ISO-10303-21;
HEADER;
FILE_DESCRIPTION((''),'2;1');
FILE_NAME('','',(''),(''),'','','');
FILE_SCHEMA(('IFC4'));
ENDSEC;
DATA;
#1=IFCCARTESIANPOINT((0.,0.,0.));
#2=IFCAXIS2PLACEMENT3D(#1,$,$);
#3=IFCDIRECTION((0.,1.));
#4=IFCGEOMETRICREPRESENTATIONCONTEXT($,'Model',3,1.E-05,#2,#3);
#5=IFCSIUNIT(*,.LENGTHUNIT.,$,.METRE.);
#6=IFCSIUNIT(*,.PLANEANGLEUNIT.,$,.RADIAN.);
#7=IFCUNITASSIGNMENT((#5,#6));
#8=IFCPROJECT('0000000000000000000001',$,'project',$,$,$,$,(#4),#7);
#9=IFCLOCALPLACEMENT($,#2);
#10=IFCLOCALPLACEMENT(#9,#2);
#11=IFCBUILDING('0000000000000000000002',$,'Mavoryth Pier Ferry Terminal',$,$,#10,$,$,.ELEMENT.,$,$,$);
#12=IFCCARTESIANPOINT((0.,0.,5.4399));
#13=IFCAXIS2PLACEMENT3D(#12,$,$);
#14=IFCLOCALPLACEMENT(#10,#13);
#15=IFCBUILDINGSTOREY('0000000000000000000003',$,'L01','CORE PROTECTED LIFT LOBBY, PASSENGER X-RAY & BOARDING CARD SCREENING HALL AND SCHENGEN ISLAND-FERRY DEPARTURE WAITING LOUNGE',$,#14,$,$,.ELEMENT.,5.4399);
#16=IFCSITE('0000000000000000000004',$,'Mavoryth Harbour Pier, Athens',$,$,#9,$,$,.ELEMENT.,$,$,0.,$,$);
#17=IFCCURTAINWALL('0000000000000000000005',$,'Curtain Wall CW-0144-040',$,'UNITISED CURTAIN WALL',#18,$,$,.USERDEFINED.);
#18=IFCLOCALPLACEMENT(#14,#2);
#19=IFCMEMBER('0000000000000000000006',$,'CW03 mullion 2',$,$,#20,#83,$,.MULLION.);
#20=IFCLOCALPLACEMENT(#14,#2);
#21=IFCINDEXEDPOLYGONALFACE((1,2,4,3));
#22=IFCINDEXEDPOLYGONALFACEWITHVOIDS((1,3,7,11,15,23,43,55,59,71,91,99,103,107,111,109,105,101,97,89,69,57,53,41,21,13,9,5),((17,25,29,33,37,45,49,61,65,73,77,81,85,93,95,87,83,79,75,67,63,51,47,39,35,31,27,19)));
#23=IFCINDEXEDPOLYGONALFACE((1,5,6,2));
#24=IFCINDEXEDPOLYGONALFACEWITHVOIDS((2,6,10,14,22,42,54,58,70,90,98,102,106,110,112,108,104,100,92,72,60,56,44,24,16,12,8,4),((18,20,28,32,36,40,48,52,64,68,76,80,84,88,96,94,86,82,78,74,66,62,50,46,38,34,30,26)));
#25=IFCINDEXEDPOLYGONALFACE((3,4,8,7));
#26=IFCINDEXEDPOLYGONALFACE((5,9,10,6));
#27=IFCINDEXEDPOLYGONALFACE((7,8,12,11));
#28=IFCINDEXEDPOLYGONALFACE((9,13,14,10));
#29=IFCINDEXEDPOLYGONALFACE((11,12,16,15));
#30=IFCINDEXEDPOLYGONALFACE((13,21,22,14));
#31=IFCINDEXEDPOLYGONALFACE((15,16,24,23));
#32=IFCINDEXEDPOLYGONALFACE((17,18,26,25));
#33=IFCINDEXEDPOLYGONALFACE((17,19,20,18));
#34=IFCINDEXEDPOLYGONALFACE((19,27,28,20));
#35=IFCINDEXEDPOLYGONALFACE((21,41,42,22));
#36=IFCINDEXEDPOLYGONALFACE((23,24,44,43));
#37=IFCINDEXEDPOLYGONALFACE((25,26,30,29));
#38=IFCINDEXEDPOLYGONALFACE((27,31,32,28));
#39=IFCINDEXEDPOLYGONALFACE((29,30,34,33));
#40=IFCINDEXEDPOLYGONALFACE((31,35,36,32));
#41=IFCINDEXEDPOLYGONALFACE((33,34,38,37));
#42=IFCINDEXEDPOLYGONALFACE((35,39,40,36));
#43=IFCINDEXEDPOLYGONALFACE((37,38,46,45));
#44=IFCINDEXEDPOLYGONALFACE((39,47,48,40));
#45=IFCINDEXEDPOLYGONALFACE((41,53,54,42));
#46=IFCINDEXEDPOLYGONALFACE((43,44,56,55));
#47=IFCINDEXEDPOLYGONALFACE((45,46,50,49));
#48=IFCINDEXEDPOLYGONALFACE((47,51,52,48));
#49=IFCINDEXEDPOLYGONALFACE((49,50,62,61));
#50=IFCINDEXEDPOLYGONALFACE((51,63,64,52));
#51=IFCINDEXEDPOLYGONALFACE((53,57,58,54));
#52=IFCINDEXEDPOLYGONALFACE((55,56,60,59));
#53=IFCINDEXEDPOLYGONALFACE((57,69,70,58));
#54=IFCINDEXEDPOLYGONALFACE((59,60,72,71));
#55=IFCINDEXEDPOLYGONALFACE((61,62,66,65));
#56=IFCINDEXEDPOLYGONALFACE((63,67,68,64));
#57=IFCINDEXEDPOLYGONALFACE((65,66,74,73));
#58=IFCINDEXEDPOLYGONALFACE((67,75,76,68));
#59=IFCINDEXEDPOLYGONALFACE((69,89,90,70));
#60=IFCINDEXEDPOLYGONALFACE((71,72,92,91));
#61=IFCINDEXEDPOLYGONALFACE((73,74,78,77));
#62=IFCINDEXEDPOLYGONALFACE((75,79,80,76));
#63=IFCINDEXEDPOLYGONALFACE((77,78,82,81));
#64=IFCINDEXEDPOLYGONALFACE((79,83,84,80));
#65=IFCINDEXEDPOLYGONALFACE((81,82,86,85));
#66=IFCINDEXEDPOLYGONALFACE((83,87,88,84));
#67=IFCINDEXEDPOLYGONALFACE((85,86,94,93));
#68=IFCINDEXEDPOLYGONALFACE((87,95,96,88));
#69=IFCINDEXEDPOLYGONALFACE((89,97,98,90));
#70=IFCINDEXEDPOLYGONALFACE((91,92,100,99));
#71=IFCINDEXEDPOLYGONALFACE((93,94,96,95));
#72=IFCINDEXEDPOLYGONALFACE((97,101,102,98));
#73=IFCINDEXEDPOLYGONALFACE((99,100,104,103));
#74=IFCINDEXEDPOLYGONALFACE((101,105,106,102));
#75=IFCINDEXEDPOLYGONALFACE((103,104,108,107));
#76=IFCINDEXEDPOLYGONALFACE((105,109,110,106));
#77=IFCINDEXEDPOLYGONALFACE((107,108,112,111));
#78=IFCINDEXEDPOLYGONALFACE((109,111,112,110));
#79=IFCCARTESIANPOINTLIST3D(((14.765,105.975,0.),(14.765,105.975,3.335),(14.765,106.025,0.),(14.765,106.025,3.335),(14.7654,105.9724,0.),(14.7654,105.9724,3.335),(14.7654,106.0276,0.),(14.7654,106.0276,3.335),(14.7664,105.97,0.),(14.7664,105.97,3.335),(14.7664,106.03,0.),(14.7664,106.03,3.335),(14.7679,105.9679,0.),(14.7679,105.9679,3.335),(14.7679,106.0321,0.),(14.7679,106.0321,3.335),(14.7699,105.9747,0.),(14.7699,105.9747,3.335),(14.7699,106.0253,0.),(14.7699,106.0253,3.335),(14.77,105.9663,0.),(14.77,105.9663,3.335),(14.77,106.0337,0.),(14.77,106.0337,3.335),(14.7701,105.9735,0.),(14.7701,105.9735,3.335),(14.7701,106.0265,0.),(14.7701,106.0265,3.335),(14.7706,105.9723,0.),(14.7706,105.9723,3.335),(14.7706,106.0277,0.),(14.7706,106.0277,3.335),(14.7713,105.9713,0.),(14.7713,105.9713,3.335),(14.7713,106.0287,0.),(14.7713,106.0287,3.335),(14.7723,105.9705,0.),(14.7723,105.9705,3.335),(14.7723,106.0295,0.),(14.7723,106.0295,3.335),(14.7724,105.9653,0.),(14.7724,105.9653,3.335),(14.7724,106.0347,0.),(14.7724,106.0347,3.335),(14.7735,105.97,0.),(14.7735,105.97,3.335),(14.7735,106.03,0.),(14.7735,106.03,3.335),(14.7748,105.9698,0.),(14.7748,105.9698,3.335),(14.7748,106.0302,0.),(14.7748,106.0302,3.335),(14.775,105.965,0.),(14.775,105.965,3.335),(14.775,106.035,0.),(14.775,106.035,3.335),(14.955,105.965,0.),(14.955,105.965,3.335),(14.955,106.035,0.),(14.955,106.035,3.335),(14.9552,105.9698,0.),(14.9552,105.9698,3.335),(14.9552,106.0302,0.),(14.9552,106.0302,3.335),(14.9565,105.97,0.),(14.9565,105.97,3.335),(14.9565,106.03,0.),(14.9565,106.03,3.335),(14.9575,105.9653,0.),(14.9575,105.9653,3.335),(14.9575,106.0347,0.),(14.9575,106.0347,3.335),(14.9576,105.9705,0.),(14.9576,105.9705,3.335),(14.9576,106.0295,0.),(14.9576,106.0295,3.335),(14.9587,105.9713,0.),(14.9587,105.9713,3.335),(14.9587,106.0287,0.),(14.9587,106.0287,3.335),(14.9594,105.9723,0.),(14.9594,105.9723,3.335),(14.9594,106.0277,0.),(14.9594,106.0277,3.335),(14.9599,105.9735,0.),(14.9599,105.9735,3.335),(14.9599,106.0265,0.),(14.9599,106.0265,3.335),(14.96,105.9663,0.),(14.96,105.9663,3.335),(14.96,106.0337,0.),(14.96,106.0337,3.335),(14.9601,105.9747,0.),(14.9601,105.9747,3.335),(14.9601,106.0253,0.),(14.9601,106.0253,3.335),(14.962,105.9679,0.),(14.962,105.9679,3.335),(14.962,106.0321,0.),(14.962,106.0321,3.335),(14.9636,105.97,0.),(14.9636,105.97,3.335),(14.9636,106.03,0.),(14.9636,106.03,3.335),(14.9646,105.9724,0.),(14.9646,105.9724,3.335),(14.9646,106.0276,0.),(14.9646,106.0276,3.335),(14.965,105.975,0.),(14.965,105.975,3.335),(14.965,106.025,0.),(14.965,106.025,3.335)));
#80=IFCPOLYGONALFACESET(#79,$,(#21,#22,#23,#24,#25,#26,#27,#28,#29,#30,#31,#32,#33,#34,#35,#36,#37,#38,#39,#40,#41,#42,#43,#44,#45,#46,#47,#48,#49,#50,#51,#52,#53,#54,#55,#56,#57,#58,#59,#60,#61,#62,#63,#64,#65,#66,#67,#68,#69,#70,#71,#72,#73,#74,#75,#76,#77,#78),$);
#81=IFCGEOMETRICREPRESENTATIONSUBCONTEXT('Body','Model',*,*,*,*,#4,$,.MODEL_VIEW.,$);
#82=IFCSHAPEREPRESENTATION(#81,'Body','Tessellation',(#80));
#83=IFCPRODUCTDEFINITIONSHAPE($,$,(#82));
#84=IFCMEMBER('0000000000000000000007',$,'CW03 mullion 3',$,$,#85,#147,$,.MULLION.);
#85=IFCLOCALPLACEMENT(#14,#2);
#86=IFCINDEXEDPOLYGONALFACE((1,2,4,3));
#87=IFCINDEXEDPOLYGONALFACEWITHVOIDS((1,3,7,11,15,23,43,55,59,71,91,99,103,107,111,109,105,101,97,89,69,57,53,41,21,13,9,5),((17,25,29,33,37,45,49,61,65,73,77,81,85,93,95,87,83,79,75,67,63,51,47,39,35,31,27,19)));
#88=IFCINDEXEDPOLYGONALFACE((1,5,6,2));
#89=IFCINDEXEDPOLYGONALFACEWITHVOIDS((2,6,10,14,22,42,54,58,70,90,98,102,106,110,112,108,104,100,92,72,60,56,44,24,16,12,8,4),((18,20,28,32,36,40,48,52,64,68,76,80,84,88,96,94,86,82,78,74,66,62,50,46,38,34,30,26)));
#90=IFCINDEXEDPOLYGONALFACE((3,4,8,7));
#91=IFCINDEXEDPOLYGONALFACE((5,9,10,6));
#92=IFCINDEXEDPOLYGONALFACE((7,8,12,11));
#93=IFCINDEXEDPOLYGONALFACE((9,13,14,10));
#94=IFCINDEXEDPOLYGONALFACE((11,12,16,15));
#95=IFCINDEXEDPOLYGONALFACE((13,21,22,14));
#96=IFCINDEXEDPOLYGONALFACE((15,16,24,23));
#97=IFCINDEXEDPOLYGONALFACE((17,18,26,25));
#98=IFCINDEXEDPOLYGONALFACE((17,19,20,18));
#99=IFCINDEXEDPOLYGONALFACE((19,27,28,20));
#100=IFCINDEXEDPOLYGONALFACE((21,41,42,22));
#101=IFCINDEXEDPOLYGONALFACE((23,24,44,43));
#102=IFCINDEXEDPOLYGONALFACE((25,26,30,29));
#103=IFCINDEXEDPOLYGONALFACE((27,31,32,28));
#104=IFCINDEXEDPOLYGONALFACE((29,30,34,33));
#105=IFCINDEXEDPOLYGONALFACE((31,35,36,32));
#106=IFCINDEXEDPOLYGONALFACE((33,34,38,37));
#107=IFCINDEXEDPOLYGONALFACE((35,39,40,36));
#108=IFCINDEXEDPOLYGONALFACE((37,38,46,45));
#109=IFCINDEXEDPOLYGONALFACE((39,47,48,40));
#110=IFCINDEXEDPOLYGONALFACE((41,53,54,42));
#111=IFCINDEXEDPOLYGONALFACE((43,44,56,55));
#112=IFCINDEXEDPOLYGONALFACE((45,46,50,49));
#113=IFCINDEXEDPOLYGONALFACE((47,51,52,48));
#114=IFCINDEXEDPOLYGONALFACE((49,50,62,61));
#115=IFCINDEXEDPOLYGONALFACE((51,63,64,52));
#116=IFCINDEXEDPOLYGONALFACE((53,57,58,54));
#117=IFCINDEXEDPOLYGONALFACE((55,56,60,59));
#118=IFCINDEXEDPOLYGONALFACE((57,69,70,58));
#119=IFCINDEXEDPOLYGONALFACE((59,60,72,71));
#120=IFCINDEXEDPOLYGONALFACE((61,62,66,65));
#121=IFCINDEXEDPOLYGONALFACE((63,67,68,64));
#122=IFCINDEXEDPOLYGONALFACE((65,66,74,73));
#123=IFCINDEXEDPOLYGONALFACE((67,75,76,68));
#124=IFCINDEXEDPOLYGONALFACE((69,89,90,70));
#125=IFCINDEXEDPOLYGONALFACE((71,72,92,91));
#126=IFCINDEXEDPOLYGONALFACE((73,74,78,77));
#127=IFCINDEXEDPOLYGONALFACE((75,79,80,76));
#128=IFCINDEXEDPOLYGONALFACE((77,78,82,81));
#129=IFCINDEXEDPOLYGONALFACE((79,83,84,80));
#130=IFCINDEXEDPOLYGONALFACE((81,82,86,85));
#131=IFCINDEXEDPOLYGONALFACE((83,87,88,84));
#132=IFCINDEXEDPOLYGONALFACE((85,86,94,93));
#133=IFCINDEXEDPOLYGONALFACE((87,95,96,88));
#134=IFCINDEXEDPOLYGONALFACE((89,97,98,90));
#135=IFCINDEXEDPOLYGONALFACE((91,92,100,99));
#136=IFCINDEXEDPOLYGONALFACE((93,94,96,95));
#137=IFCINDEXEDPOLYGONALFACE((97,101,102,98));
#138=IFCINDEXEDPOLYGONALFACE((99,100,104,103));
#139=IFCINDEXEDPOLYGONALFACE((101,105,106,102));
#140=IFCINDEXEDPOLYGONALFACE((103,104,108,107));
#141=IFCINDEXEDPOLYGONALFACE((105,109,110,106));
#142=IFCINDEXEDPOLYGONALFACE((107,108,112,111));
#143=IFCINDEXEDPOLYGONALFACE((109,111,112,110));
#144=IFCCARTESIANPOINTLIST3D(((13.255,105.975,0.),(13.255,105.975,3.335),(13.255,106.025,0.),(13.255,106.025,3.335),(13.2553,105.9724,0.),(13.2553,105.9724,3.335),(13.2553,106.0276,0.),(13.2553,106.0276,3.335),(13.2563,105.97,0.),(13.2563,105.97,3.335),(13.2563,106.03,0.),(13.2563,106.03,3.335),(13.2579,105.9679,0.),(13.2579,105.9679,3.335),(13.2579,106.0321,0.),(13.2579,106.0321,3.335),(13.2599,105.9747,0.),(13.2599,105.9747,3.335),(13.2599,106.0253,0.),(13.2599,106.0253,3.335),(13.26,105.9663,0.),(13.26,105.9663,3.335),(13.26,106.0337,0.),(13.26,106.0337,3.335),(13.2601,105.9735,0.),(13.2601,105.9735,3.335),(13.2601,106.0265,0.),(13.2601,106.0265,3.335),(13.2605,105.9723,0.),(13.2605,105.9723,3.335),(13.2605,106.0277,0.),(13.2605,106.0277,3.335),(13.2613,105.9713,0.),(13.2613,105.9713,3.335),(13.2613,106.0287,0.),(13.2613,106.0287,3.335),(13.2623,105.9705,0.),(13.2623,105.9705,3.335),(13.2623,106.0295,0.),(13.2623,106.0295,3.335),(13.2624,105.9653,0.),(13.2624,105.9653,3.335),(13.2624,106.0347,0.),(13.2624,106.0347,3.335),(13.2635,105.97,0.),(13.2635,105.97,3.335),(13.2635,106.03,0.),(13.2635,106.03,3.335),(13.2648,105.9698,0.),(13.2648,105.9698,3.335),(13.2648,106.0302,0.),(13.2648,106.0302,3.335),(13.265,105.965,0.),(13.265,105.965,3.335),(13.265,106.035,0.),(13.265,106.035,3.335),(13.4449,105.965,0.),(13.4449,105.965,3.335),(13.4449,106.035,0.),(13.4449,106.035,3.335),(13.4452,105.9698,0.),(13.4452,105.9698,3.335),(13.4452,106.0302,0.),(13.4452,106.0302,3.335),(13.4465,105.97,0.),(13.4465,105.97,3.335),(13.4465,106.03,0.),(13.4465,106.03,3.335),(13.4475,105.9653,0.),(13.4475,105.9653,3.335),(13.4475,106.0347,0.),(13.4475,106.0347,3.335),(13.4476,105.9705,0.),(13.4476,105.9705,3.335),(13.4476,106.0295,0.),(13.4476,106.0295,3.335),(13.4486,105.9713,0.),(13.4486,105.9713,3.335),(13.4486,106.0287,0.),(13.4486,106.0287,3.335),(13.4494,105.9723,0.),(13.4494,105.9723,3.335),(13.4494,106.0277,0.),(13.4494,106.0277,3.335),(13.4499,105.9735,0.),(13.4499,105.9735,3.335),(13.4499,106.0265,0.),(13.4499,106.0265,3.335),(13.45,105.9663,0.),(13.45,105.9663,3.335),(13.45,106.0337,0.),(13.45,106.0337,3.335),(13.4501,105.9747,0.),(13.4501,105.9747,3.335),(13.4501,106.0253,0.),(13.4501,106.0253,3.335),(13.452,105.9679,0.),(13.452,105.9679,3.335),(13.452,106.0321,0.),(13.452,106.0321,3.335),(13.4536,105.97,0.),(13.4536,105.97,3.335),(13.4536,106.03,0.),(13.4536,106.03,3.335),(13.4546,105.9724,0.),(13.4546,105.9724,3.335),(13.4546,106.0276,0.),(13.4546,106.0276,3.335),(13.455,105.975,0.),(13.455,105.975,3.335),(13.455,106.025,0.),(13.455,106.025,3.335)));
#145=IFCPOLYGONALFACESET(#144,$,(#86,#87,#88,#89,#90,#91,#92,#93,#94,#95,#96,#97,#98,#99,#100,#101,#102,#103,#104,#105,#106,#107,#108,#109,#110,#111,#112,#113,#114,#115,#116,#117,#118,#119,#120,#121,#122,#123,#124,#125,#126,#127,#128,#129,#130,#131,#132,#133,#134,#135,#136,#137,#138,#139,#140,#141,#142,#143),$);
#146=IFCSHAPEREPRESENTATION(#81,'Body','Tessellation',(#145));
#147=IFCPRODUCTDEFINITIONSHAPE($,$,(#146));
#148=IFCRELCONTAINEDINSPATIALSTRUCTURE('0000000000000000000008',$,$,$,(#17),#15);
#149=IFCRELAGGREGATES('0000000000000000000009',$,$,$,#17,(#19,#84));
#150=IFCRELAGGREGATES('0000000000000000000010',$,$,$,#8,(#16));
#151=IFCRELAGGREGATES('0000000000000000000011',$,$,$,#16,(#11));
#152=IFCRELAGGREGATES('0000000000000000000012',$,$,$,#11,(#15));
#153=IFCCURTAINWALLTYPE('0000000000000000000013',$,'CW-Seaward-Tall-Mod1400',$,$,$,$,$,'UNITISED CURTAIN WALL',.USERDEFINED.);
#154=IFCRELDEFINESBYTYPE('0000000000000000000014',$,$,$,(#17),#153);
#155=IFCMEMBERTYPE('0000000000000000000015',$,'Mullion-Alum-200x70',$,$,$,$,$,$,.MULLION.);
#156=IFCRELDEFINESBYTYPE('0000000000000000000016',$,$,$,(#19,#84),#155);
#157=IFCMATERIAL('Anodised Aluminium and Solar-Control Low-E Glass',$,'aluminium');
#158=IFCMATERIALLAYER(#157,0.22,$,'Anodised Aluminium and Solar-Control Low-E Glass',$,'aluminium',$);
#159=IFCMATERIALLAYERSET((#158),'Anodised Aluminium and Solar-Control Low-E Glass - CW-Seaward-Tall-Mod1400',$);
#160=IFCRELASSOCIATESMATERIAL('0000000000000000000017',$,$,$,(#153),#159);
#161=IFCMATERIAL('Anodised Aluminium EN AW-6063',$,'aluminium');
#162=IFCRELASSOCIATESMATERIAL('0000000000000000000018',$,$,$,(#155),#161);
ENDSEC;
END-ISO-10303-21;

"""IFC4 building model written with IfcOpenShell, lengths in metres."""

from ifc_helpers import new_model, si_unit, direction, frame, origin, origin_2d, place, context, subcontext, project, spatial, hollow_rectangle, extrude, material, layer, layer_set, material_profile, profile_set, type_object, element, aggregate, save


model = new_model("IFC4")

# Units and contexts
model_context = context("Model", 3, precision=1e-05, world=origin(), true_north=direction((0.0, 1.0)))
body_context = subcontext(model_context, "Body", "Model", "MODEL_VIEW")
ifc_project = project(units=[si_unit("LENGTHUNIT", "METRE"), si_unit("PLANEANGLEUNIT", "RADIAN")], contexts=[model_context])

# Site, building, storey
site_placement = place(None, origin())
site = spatial("IfcSite", under=ifc_project, at=site_placement, Name="Mavoryth Harbour Pier, Athens", CompositionType="ELEMENT", RefElevation=0.0)
building_placement = place(site_placement, origin())
building = spatial("IfcBuilding", under=site, at=building_placement, Name="Mavoryth Pier Ferry Terminal", CompositionType="ELEMENT")
storey_placement = place(building_placement, frame((0.0, 0.0, 5.4399)))
storey = spatial("IfcBuildingStorey", under=building, at=storey_placement, Name="L01", Description="CORE PROTECTED LIFT LOBBY, PASSENGER X-RAY & BOARDING CARD SCREENING HALL AND SCHENGEN ISLAND-FERRY DEPARTURE WAITING LOUNGE", CompositionType="ELEMENT", Elevation=5.4399)

# Curtain wall, members
ifc_material_1 = material(Name="Anodised Aluminium and Solar-Control Low-E Glass", Category="aluminium")
ifc_layer_1 = layer(ifc_material_1, 0.22, Name="Anodised Aluminium and Solar-Control Low-E Glass", Category="aluminium")
ifc_layer_set_1 = layer_set([ifc_layer_1], Name="Anodised Aluminium and Solar-Control Low-E Glass - CW-Seaward-Tall-Mod1400")
curtain_wall_type = type_object("IfcCurtainWallType", Name="CW-Seaward-Tall-Mod1400", ElementType="UNITISED CURTAIN WALL", PredefinedType="USERDEFINED", material=ifc_layer_set_1)
curtain_wall_placement = place(storey_placement, origin())
curtain_wall = element("IfcCurtainWall", 1, at=curtain_wall_placement, inside=storey, type_object=curtain_wall_type, Name="Curtain Wall CW-0144-040", ObjectType="UNITISED CURTAIN WALL", PredefinedType="USERDEFINED")
ifc_material_2 = material(Name="Anodised Aluminium EN AW-6063", Category="aluminium")
ifc_material_profile_1 = material_profile(ifc_material_2, hollow_rectangle(XDim=0.0701, YDim=0.2, WallThickness=0.0049, InnerFilletRadius=0.0049, OuterFilletRadius=0.01, at=origin_2d()), Name="AL-MULL 200x70x5", Category="aluminium")
ifc_profile_set_1 = profile_set([ifc_material_profile_1], Name="Anodised Aluminium EN AW-6063 - AL-MULL 200x70x5")
member_type_1 = type_object("IfcMemberType", Name="Mullion-Alum-200x70", PredefinedType="MULLION", material=ifc_profile_set_1)
member_1_placement = place(storey_placement, frame((14.865, 106.0, 0.0), z_axis=(0.0, 0.0, 1.0), x_axis=(0.0, -1.0, 0.0)))
member_1 = element("IfcMember", 2, at=member_1_placement, type_object=member_type_1, Name="CW03 mullion 2", PredefinedType="MULLION", context=body_context, shape_type="SweptSolid", body=[
    extrude(hollow_rectangle(XDim=0.0701, YDim=0.2, WallThickness=0.0049, InnerFilletRadius=0.0049, OuterFilletRadius=0.01, at=origin_2d()), origin(), (0.0, 0.0, 1.0), 3.335),
])
member_2_placement = place(storey_placement, frame((13.355, 106.0, 0.0), z_axis=(0.0, 0.0, 1.0), x_axis=(0.0, -1.0, 0.0)))
member_2 = element("IfcMember", 3, at=member_2_placement, type_object=member_type_1, Name="CW03 mullion 3", PredefinedType="MULLION", context=body_context, shape_type="SweptSolid", body=[
    extrude(hollow_rectangle(XDim=0.0701, YDim=0.2, WallThickness=0.0049, InnerFilletRadius=0.0049, OuterFilletRadius=0.01, at=origin_2d()), origin(), (0.0, 0.0, 1.0), 3.335),
])
aggregate(curtain_wall, [member_1, member_2])

save(model, "model.ifc")
